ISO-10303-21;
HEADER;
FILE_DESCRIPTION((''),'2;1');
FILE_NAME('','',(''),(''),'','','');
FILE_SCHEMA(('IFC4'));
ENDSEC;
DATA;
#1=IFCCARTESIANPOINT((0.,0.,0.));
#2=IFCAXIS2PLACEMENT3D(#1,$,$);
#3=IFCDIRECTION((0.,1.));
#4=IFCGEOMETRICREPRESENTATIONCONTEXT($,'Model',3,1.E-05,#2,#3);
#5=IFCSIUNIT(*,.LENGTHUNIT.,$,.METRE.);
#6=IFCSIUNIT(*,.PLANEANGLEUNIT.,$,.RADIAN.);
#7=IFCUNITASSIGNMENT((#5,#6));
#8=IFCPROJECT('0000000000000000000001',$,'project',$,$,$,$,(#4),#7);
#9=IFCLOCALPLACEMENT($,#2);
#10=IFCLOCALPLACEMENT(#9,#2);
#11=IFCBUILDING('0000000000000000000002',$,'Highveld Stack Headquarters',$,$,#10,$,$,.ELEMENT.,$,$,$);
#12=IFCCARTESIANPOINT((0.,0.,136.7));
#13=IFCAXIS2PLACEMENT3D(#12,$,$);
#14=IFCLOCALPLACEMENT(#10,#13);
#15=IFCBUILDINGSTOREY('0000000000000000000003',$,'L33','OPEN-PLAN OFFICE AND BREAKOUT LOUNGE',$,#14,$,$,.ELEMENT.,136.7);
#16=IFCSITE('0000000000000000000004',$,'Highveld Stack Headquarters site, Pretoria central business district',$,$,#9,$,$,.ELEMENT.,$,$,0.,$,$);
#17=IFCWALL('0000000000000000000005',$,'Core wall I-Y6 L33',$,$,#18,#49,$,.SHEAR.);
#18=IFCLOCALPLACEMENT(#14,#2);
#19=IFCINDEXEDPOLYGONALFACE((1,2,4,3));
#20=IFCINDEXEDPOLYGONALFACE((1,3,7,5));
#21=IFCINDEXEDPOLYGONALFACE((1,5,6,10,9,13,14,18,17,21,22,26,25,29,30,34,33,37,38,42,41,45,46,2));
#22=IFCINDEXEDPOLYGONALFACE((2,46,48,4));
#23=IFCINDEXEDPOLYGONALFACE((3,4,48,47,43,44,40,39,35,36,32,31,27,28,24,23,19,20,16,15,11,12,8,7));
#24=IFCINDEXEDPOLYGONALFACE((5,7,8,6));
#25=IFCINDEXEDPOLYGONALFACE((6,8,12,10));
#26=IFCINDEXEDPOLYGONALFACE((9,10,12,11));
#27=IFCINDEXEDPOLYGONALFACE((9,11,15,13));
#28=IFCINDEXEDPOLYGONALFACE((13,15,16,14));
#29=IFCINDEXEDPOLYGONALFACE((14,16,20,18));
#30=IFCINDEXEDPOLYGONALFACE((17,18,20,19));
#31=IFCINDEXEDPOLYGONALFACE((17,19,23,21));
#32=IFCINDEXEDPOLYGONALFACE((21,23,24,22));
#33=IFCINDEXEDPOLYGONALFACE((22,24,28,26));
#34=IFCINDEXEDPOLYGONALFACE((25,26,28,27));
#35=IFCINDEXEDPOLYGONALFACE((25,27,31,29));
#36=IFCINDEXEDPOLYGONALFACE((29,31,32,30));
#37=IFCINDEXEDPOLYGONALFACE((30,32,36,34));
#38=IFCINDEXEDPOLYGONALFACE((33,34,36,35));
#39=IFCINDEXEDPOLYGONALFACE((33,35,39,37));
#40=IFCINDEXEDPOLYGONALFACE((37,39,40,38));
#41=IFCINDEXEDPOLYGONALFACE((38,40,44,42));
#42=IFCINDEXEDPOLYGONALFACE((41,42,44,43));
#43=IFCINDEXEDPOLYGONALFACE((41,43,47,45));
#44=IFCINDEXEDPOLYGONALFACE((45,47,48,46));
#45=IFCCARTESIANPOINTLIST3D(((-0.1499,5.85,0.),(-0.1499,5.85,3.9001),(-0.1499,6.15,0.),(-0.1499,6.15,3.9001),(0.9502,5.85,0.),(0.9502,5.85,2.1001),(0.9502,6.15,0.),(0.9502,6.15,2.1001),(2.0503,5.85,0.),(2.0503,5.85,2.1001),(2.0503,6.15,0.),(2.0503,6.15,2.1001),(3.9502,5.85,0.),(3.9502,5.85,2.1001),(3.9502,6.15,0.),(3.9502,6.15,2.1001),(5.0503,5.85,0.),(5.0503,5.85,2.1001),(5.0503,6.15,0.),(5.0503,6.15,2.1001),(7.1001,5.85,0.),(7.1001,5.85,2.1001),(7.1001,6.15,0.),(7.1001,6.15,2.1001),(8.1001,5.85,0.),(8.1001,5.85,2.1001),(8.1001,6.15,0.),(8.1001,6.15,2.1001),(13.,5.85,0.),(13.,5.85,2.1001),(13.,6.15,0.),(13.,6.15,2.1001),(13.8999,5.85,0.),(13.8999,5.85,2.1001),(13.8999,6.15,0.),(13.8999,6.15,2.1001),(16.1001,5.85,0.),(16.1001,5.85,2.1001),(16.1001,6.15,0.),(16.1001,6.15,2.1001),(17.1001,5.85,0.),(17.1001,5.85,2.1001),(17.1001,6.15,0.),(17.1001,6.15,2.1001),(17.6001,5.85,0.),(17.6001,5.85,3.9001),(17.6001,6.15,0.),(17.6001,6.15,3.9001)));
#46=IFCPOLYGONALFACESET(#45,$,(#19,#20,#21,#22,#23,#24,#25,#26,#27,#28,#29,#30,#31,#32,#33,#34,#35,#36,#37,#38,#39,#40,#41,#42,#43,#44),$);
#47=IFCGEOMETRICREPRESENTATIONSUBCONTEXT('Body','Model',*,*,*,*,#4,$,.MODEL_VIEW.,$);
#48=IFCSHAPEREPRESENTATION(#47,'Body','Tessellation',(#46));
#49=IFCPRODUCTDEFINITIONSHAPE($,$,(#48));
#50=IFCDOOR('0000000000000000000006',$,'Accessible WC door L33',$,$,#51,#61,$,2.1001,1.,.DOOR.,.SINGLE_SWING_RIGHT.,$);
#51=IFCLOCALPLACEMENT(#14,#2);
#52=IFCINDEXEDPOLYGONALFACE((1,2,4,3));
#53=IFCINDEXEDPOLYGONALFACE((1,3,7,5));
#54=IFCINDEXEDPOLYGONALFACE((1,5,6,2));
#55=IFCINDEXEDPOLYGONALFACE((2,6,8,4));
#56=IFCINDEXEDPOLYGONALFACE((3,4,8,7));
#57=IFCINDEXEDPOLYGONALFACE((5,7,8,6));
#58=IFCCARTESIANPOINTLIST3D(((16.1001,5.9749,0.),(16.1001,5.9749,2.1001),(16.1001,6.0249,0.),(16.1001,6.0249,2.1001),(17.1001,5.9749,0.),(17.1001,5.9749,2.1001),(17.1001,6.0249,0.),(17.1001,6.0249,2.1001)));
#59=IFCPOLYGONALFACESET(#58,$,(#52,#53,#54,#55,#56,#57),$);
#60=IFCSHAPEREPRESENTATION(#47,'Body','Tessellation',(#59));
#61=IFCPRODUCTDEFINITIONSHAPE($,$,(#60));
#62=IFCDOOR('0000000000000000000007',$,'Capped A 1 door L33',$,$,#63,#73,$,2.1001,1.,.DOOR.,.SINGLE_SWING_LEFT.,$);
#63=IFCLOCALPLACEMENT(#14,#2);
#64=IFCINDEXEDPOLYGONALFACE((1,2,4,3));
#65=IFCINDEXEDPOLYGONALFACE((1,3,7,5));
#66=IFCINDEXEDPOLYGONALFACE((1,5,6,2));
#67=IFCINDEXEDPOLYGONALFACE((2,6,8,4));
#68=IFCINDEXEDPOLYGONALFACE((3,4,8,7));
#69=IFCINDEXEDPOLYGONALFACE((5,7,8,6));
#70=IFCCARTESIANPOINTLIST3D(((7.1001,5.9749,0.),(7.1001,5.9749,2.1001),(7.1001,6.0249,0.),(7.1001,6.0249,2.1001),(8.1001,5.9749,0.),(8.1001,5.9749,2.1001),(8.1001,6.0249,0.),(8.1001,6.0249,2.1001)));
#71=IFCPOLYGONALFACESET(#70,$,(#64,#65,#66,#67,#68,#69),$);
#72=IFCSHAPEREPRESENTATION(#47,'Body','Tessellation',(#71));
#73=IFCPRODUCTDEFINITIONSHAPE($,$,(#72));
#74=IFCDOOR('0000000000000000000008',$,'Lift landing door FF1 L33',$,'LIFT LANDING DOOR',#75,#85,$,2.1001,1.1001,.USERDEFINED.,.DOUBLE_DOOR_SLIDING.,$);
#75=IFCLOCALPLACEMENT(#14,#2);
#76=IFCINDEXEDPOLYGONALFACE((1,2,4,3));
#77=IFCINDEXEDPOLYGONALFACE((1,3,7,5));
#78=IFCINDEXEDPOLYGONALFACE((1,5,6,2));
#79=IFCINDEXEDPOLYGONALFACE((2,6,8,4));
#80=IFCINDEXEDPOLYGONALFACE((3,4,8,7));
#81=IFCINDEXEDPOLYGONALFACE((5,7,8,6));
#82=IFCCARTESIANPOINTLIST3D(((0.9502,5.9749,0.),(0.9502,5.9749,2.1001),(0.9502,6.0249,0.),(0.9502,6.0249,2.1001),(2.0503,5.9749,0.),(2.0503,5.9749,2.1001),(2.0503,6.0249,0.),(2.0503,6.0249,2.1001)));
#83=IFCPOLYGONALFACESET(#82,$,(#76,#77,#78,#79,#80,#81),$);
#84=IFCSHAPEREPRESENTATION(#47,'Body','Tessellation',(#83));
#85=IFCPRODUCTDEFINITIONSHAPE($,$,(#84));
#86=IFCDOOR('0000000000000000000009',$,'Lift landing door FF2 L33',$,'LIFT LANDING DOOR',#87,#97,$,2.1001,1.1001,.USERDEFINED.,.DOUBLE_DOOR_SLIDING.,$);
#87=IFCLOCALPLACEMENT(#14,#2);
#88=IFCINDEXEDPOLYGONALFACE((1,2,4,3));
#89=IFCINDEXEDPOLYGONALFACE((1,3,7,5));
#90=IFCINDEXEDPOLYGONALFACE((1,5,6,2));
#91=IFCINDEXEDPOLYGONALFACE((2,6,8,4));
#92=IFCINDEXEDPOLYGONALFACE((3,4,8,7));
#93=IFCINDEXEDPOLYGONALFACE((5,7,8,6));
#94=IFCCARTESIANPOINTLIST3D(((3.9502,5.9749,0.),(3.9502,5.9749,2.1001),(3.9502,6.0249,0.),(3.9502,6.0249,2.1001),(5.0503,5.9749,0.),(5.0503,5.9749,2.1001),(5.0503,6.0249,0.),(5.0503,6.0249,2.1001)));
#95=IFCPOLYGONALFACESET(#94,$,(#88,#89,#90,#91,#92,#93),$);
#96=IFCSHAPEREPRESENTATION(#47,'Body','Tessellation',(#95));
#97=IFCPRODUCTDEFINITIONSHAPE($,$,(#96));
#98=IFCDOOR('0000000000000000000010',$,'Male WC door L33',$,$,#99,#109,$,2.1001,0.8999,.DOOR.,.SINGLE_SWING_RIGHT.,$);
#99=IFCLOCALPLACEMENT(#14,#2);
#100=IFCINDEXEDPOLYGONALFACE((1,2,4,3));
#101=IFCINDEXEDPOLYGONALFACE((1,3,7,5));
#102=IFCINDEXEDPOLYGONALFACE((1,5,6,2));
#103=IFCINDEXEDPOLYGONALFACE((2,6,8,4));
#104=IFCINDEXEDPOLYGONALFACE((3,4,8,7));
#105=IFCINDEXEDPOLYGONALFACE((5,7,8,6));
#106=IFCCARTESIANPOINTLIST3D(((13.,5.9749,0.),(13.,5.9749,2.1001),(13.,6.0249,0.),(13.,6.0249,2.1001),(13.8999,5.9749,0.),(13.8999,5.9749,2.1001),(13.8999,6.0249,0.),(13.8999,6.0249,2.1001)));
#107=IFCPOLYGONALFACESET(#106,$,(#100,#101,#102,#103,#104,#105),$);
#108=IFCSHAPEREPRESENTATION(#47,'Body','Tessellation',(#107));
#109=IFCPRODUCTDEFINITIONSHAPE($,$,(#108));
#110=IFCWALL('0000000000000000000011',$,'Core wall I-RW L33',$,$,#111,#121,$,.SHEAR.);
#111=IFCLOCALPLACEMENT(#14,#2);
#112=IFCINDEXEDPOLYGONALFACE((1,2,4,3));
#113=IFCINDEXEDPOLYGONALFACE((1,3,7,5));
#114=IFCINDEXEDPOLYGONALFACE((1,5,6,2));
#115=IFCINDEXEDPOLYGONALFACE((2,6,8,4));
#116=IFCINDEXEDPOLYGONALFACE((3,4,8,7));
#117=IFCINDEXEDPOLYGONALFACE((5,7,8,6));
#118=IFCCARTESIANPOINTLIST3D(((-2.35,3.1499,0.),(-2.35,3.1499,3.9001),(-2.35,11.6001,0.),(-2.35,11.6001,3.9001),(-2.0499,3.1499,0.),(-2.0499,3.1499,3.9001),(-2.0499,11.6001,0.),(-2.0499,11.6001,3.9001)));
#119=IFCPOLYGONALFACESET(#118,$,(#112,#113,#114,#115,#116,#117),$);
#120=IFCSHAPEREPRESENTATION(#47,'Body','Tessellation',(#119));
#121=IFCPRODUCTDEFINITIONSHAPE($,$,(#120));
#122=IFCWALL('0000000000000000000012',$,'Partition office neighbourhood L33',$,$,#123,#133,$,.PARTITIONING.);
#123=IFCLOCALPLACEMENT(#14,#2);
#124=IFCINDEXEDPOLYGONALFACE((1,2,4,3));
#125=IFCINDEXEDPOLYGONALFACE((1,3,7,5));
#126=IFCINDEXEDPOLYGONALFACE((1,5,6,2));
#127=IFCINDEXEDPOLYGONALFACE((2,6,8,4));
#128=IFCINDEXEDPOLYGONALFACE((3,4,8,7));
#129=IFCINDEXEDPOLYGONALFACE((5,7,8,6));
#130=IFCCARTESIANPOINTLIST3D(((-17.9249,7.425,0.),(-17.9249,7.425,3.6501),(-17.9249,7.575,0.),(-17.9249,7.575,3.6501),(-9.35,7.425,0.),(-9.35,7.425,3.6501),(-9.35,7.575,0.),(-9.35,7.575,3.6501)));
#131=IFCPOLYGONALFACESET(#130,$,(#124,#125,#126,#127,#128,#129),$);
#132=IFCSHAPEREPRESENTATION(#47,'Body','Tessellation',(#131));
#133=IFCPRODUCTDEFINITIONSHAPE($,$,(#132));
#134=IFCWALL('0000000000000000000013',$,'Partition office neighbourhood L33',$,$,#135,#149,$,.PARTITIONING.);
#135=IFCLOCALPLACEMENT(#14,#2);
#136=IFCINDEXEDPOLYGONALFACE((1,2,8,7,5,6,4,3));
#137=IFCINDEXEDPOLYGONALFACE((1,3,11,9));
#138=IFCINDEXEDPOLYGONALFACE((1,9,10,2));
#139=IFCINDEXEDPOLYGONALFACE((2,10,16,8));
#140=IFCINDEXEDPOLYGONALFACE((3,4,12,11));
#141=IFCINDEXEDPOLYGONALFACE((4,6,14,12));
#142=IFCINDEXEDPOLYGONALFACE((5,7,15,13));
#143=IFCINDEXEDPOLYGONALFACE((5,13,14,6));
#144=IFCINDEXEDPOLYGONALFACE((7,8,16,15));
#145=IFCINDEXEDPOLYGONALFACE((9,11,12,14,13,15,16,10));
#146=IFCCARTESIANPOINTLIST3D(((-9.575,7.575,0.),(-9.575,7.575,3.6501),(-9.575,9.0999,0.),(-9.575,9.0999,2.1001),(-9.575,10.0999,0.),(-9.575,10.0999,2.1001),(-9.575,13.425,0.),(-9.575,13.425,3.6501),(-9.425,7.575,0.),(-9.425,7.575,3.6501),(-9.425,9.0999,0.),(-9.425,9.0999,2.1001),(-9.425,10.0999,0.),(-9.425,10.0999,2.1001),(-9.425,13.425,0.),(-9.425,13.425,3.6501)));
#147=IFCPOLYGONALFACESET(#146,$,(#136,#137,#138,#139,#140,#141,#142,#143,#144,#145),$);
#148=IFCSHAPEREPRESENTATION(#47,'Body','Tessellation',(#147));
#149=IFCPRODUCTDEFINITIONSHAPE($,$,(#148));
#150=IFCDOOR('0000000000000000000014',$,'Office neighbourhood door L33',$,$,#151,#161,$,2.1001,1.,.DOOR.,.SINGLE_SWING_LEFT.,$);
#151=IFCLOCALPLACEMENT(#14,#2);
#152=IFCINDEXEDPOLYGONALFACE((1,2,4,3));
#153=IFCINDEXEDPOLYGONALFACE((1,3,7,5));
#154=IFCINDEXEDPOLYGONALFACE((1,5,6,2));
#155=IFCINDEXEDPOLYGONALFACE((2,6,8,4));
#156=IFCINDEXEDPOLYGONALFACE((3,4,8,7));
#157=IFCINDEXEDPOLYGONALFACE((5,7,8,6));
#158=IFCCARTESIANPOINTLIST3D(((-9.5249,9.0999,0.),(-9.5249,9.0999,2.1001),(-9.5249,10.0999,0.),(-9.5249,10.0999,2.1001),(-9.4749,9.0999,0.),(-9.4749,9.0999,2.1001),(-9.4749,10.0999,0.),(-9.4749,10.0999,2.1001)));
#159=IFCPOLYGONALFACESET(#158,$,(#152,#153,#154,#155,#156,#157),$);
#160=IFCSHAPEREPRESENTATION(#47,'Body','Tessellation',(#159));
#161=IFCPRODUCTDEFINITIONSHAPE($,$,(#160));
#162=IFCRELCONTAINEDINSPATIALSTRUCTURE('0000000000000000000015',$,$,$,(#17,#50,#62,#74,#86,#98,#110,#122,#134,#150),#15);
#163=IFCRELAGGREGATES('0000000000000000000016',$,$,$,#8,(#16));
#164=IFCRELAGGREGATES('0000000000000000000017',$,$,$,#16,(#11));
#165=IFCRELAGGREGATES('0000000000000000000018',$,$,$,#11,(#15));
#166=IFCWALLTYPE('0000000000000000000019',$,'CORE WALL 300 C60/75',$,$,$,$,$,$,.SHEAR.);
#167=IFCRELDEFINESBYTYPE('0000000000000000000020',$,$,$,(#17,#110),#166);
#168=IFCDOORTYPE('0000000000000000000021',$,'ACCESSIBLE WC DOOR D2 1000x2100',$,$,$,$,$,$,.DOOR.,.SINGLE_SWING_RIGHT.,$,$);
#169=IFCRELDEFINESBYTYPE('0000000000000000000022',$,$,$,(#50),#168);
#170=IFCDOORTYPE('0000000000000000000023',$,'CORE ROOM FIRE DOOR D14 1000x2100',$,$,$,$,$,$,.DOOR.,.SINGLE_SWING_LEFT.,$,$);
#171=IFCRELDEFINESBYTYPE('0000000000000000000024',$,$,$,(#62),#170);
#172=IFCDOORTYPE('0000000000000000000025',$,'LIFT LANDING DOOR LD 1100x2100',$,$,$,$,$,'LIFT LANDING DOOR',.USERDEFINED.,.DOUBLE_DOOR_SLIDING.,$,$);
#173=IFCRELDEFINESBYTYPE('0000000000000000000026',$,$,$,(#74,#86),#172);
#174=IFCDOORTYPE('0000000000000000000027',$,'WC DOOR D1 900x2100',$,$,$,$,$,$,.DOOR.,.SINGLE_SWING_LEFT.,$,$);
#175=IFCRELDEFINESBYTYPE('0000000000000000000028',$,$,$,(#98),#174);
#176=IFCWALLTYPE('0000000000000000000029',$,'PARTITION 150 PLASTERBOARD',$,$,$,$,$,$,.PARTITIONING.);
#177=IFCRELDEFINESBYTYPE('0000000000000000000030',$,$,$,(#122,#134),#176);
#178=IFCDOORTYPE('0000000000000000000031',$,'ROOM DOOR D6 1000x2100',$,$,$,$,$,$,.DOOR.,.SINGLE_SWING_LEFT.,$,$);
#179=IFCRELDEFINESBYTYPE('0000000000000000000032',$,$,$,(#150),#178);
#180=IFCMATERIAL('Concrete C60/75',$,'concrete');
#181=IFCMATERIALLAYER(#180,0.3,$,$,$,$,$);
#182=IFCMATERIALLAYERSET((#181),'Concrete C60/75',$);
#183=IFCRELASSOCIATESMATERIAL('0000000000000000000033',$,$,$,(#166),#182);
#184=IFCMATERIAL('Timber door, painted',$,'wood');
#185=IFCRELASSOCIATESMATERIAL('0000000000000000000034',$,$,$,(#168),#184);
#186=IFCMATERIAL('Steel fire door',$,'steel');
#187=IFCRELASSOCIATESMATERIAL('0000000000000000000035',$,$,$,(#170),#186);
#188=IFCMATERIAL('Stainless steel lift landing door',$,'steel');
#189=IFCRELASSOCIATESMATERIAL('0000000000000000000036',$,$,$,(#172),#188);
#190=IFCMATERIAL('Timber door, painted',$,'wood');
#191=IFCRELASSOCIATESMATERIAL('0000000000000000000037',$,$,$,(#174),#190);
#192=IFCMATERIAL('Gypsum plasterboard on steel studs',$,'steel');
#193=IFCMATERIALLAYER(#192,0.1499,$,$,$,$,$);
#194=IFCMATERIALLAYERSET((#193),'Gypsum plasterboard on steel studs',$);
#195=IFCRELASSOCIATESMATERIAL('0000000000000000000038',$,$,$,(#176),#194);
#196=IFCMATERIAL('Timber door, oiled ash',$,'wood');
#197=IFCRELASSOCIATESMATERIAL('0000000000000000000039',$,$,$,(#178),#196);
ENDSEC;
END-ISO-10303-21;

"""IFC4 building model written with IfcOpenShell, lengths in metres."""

from ifc_helpers import new_model, si_unit, direction, frame, frame_2d, origin, place, context, subcontext, project, spatial, rectangle, extrude, material, layer, layer_set, type_object, element, fill, save


model = new_model("IFC4")

# Units and contexts
model_context = context("Model", 3, precision=1e-05, world=origin(), true_north=direction((0.0, 1.0)))
body_context = subcontext(model_context, "Body", "Model", "MODEL_VIEW")
ifc_project = project(units=[si_unit("LENGTHUNIT", "METRE"), si_unit("PLANEANGLEUNIT", "RADIAN")], contexts=[model_context])

# Site, building, storey
site_placement = place(None, origin())
site = spatial("IfcSite", under=ifc_project, at=site_placement, Name="Highveld Stack Headquarters site, Pretoria central business district", CompositionType="ELEMENT", RefElevation=0.0)
building_placement = place(site_placement, origin())
building = spatial("IfcBuilding", under=site, at=building_placement, Name="Highveld Stack Headquarters", CompositionType="ELEMENT")
storey_placement = place(building_placement, frame((0.0, 0.0, 136.7)))
storey = spatial("IfcBuildingStorey", under=building, at=storey_placement, Name="L33", Description="OPEN-PLAN OFFICE AND BREAKOUT LOUNGE", CompositionType="ELEMENT", Elevation=136.7)

# Wall, openings, doors
ifc_material_1 = material(Name="Concrete C60/75", Category="concrete")
ifc_layer_1 = layer(ifc_material_1, 0.3)
ifc_layer_set_1 = layer_set([ifc_layer_1], Name="Concrete C60/75")
wall_type_1 = type_object("IfcWallType", Name="CORE WALL 300 C60/75", PredefinedType="SHEAR", material=ifc_layer_set_1)
wall_1_placement = place(storey_placement, frame((-0.1499, 6.0, 0.0), z_axis=(0.0, 0.0, 1.0), x_axis=(1.0, 0.0, 0.0)))
wall_1 = element("IfcWall", 1, at=wall_1_placement, inside=storey, type_object=wall_type_1, Name="Core wall I-Y6 L33", PredefinedType="SHEAR", context=body_context, shape_type="SweptSolid", body=[
    extrude(rectangle(XDim=17.75, YDim=0.3, at=frame_2d((8.875, 0.0))), origin(), (0.0, 0.0, 1.0), 3.9001),
])
opening_1_placement = place(wall_1_placement, frame((13.1499, 0.0, 0.0)))
opening_1 = element("IfcOpeningElement", 2, at=opening_1_placement, cuts=wall_1, PredefinedType="OPENING", context=body_context, shape_type="SweptSolid", body=[
    extrude(rectangle(XDim=0.8999, YDim=2.1001, at=frame_2d((0.45, 1.05))), frame((0.0, 0.1599, 0.0), z_axis=(0.0, -1.0, 0.0), x_axis=(1.0, 0.0, 0.0)), (0.0, 0.0, 1.0), 0.3201),
])
opening_2_placement = place(wall_1_placement, frame((16.25, 0.0, 0.0)))
opening_2 = element("IfcOpeningElement", 3, at=opening_2_placement, cuts=wall_1, PredefinedType="OPENING", context=body_context, shape_type="SweptSolid", body=[
    extrude(rectangle(XDim=1.0, YDim=2.1001, at=frame_2d((0.5, 1.05))), frame((0.0, 0.1599, 0.0), z_axis=(0.0, -1.0, 0.0), x_axis=(1.0, 0.0, 0.0)), (0.0, 0.0, 1.0), 0.3201),
])
opening_3_placement = place(wall_1_placement, frame((7.25, 0.0, 0.0)))
opening_3 = element("IfcOpeningElement", 4, at=opening_3_placement, cuts=wall_1, PredefinedType="OPENING", context=body_context, shape_type="SweptSolid", body=[
    extrude(rectangle(XDim=1.0, YDim=2.1001, at=frame_2d((0.5, 1.05))), frame((0.0, 0.1599, 0.0), z_axis=(0.0, -1.0, 0.0), x_axis=(1.0, 0.0, 0.0)), (0.0, 0.0, 1.0), 0.3201),
])
opening_4_placement = place(wall_1_placement, frame((1.1001, 0.0, 0.0)))
opening_4 = element("IfcOpeningElement", 5, at=opening_4_placement, cuts=wall_1, PredefinedType="OPENING", context=body_context, shape_type="SweptSolid", body=[
    extrude(rectangle(XDim=1.1001, YDim=2.1001, at=frame_2d((0.55, 1.05))), frame((0.0, 0.1599, 0.0), z_axis=(0.0, -1.0, 0.0), x_axis=(1.0, 0.0, 0.0)), (0.0, 0.0, 1.0), 0.3201),
])
opening_5_placement = place(wall_1_placement, frame((4.1001, 0.0, 0.0)))
opening_5 = element("IfcOpeningElement", 6, at=opening_5_placement, cuts=wall_1, PredefinedType="OPENING", context=body_context, shape_type="SweptSolid", body=[
    extrude(rectangle(XDim=1.1001, YDim=2.1001, at=frame_2d((0.55, 1.05))), frame((0.0, 0.1599, 0.0), z_axis=(0.0, -1.0, 0.0), x_axis=(1.0, 0.0, 0.0)), (0.0, 0.0, 1.0), 0.3201),
])
ifc_material_2 = material(Name="Timber door, painted", Category="wood")
door_type_1 = type_object("IfcDoorType", Name="ACCESSIBLE WC DOOR D2 1000x2100", OperationType="SINGLE_SWING_RIGHT", PredefinedType="DOOR", material=ifc_material_2)
door_1_placement = place(opening_2_placement, origin())
door_1 = element("IfcDoor", 7, at=door_1_placement, inside=storey, type_object=door_type_1, Name="Accessible WC door L33", OperationType="SINGLE_SWING_RIGHT", OverallHeight=2.1001, OverallWidth=1.0, PredefinedType="DOOR", context=body_context, shape_type="SweptSolid", body=[
    extrude(rectangle(XDim=1.0, YDim=2.1001, at=frame_2d((0.5, 1.05))), frame((0.0, 0.0249, 0.0), z_axis=(0.0, -1.0, 0.0), x_axis=(1.0, 0.0, 0.0)), (0.0, 0.0, 1.0), 0.05),
])
fill(opening_2, door_1)
ifc_material_3 = material(Name="Steel fire door", Category="steel")
door_type_2 = type_object("IfcDoorType", Name="CORE ROOM FIRE DOOR D14 1000x2100", OperationType="SINGLE_SWING_LEFT", PredefinedType="DOOR", material=ifc_material_3)
door_2_placement = place(opening_3_placement, origin())
door_2 = element("IfcDoor", 8, at=door_2_placement, inside=storey, type_object=door_type_2, Name="Capped A 1 door L33", OperationType="SINGLE_SWING_LEFT", OverallHeight=2.1001, OverallWidth=1.0, PredefinedType="DOOR", context=body_context, shape_type="SweptSolid", body=[
    extrude(rectangle(XDim=1.0, YDim=2.1001, at=frame_2d((0.5, 1.05))), frame((0.0, 0.0249, 0.0), z_axis=(0.0, -1.0, 0.0), x_axis=(1.0, 0.0, 0.0)), (0.0, 0.0, 1.0), 0.05),
])
fill(opening_3, door_2)
ifc_material_4 = material(Name="Stainless steel lift landing door", Category="steel")
door_type_3 = type_object("IfcDoorType", Name="LIFT LANDING DOOR LD 1100x2100", ElementType="LIFT LANDING DOOR", OperationType="DOUBLE_DOOR_SLIDING", PredefinedType="USERDEFINED", material=ifc_material_4)
door_3_placement = place(opening_4_placement, origin())
door_3 = element("IfcDoor", 9, at=door_3_placement, inside=storey, type_object=door_type_3, Name="Lift landing door FF1 L33", ObjectType="LIFT LANDING DOOR", OperationType="DOUBLE_DOOR_SLIDING", OverallHeight=2.1001, OverallWidth=1.1001, PredefinedType="USERDEFINED", context=body_context, shape_type="SweptSolid", body=[
    extrude(rectangle(XDim=1.1001, YDim=2.1001, at=frame_2d((0.55, 1.05))), frame((0.0, 0.0249, 0.0), z_axis=(0.0, -1.0, 0.0), x_axis=(1.0, 0.0, 0.0)), (0.0, 0.0, 1.0), 0.05),
])
fill(opening_4, door_3)
door_4_placement = place(opening_5_placement, origin())
door_4 = element("IfcDoor", 10, at=door_4_placement, inside=storey, type_object=door_type_3, Name="Lift landing door FF2 L33", ObjectType="LIFT LANDING DOOR", OperationType="DOUBLE_DOOR_SLIDING", OverallHeight=2.1001, OverallWidth=1.1001, PredefinedType="USERDEFINED", context=body_context, shape_type="SweptSolid", body=[
    extrude(rectangle(XDim=1.1001, YDim=2.1001, at=frame_2d((0.55, 1.05))), frame((0.0, 0.0249, 0.0), z_axis=(0.0, -1.0, 0.0), x_axis=(1.0, 0.0, 0.0)), (0.0, 0.0, 1.0), 0.05),
])
fill(opening_5, door_4)
ifc_material_5 = material(Name="Timber door, painted", Category="wood")
door_type_4 = type_object("IfcDoorType", Name="WC DOOR D1 900x2100", OperationType="SINGLE_SWING_LEFT", PredefinedType="DOOR", material=ifc_material_5)
door_5_placement = place(opening_1_placement, origin())
door_5 = element("IfcDoor", 11, at=door_5_placement, inside=storey, type_object=door_type_4, Name="Male WC door L33", OperationType="SINGLE_SWING_RIGHT", OverallHeight=2.1001, OverallWidth=0.8999, PredefinedType="DOOR", context=body_context, shape_type="SweptSolid", body=[
    extrude(rectangle(XDim=0.8999, YDim=2.1001, at=frame_2d((0.45, 1.05))), frame((0.0, 0.0249, 0.0), z_axis=(0.0, -1.0, 0.0), x_axis=(1.0, 0.0, 0.0)), (0.0, 0.0, 1.0), 0.05),
])
fill(opening_1, door_5)

# Walls
wall_2_placement = place(storey_placement, frame((-2.2, 3.1499, 0.0), z_axis=(0.0, 0.0, 1.0), x_axis=(0.0, 1.0, 0.0)))
element("IfcWall", 12, at=wall_2_placement, inside=storey, type_object=wall_type_1, Name="Core wall I-RW L33", PredefinedType="SHEAR", context=body_context, shape_type="SweptSolid", body=[
    extrude(rectangle(XDim=8.4502, YDim=0.3, at=frame_2d((4.2251, 0.0))), origin(), (0.0, 0.0, 1.0), 3.9001),
])
ifc_material_6 = material(Name="Gypsum plasterboard on steel studs", Category="steel")
ifc_layer_2 = layer(ifc_material_6, 0.1499)
ifc_layer_set_2 = layer_set([ifc_layer_2], Name="Gypsum plasterboard on steel studs")
wall_type_2 = type_object("IfcWallType", Name="PARTITION 150 PLASTERBOARD", PredefinedType="PARTITIONING", material=ifc_layer_set_2)
wall_3_placement = place(storey_placement, frame((-17.925, 7.5, 0.0), z_axis=(0.0, 0.0, 1.0), x_axis=(1.0, 0.0, 0.0)))
element("IfcWall", 13, at=wall_3_placement, inside=storey, type_object=wall_type_2, Name="Partition office neighbourhood L33", PredefinedType="PARTITIONING", context=body_context, shape_type="SweptSolid", body=[
    extrude(rectangle(XDim=8.575, YDim=0.1499, at=frame_2d((4.2876, 0.0))), origin(), (0.0, 0.0, 1.0), 3.6501),
])

# Wall, opening, door
wall_4_placement = place(storey_placement, frame((-9.5, 7.575, 0.0), z_axis=(0.0, 0.0, 1.0), x_axis=(0.0, 1.0, 0.0)))
wall_4 = element("IfcWall", 14, at=wall_4_placement, inside=storey, type_object=wall_type_2, Name="Partition office neighbourhood L33", PredefinedType="PARTITIONING", context=body_context, shape_type="SweptSolid", body=[
    extrude(rectangle(XDim=5.8501, YDim=0.1499, at=frame_2d((2.925, 0.0))), origin(), (0.0, 0.0, 1.0), 3.6501),
])
opening_6_placement = place(wall_4_placement, frame((1.5249, 0.0, 0.0)))
opening_6 = element("IfcOpeningElement", 15, at=opening_6_placement, cuts=wall_4, PredefinedType="OPENING", context=body_context, shape_type="SweptSolid", body=[
    extrude(rectangle(XDim=1.0, YDim=2.1001, at=frame_2d((0.5, 1.05))), frame((0.0, 0.085, 0.0), z_axis=(0.0, -1.0, 0.0), x_axis=(1.0, 0.0, 0.0)), (0.0, 0.0, 1.0), 0.1699),
])
ifc_material_7 = material(Name="Timber door, oiled ash", Category="wood")
door_type_5 = type_object("IfcDoorType", Name="ROOM DOOR D6 1000x2100", OperationType="SINGLE_SWING_LEFT", PredefinedType="DOOR", material=ifc_material_7)
door_6_placement = place(opening_6_placement, origin())
door_6 = element("IfcDoor", 16, at=door_6_placement, inside=storey, type_object=door_type_5, Name="Office neighbourhood door L33", OperationType="SINGLE_SWING_LEFT", OverallHeight=2.1001, OverallWidth=1.0, PredefinedType="DOOR", context=body_context, shape_type="SweptSolid", body=[
    extrude(rectangle(XDim=1.0, YDim=2.1001, at=frame_2d((0.5, 1.05))), frame((0.0, 0.0249, 0.0), z_axis=(0.0, -1.0, 0.0), x_axis=(1.0, 0.0, 0.0)), (0.0, 0.0, 1.0), 0.05),
])
fill(opening_6, door_6)

save(model, "model.ifc")
